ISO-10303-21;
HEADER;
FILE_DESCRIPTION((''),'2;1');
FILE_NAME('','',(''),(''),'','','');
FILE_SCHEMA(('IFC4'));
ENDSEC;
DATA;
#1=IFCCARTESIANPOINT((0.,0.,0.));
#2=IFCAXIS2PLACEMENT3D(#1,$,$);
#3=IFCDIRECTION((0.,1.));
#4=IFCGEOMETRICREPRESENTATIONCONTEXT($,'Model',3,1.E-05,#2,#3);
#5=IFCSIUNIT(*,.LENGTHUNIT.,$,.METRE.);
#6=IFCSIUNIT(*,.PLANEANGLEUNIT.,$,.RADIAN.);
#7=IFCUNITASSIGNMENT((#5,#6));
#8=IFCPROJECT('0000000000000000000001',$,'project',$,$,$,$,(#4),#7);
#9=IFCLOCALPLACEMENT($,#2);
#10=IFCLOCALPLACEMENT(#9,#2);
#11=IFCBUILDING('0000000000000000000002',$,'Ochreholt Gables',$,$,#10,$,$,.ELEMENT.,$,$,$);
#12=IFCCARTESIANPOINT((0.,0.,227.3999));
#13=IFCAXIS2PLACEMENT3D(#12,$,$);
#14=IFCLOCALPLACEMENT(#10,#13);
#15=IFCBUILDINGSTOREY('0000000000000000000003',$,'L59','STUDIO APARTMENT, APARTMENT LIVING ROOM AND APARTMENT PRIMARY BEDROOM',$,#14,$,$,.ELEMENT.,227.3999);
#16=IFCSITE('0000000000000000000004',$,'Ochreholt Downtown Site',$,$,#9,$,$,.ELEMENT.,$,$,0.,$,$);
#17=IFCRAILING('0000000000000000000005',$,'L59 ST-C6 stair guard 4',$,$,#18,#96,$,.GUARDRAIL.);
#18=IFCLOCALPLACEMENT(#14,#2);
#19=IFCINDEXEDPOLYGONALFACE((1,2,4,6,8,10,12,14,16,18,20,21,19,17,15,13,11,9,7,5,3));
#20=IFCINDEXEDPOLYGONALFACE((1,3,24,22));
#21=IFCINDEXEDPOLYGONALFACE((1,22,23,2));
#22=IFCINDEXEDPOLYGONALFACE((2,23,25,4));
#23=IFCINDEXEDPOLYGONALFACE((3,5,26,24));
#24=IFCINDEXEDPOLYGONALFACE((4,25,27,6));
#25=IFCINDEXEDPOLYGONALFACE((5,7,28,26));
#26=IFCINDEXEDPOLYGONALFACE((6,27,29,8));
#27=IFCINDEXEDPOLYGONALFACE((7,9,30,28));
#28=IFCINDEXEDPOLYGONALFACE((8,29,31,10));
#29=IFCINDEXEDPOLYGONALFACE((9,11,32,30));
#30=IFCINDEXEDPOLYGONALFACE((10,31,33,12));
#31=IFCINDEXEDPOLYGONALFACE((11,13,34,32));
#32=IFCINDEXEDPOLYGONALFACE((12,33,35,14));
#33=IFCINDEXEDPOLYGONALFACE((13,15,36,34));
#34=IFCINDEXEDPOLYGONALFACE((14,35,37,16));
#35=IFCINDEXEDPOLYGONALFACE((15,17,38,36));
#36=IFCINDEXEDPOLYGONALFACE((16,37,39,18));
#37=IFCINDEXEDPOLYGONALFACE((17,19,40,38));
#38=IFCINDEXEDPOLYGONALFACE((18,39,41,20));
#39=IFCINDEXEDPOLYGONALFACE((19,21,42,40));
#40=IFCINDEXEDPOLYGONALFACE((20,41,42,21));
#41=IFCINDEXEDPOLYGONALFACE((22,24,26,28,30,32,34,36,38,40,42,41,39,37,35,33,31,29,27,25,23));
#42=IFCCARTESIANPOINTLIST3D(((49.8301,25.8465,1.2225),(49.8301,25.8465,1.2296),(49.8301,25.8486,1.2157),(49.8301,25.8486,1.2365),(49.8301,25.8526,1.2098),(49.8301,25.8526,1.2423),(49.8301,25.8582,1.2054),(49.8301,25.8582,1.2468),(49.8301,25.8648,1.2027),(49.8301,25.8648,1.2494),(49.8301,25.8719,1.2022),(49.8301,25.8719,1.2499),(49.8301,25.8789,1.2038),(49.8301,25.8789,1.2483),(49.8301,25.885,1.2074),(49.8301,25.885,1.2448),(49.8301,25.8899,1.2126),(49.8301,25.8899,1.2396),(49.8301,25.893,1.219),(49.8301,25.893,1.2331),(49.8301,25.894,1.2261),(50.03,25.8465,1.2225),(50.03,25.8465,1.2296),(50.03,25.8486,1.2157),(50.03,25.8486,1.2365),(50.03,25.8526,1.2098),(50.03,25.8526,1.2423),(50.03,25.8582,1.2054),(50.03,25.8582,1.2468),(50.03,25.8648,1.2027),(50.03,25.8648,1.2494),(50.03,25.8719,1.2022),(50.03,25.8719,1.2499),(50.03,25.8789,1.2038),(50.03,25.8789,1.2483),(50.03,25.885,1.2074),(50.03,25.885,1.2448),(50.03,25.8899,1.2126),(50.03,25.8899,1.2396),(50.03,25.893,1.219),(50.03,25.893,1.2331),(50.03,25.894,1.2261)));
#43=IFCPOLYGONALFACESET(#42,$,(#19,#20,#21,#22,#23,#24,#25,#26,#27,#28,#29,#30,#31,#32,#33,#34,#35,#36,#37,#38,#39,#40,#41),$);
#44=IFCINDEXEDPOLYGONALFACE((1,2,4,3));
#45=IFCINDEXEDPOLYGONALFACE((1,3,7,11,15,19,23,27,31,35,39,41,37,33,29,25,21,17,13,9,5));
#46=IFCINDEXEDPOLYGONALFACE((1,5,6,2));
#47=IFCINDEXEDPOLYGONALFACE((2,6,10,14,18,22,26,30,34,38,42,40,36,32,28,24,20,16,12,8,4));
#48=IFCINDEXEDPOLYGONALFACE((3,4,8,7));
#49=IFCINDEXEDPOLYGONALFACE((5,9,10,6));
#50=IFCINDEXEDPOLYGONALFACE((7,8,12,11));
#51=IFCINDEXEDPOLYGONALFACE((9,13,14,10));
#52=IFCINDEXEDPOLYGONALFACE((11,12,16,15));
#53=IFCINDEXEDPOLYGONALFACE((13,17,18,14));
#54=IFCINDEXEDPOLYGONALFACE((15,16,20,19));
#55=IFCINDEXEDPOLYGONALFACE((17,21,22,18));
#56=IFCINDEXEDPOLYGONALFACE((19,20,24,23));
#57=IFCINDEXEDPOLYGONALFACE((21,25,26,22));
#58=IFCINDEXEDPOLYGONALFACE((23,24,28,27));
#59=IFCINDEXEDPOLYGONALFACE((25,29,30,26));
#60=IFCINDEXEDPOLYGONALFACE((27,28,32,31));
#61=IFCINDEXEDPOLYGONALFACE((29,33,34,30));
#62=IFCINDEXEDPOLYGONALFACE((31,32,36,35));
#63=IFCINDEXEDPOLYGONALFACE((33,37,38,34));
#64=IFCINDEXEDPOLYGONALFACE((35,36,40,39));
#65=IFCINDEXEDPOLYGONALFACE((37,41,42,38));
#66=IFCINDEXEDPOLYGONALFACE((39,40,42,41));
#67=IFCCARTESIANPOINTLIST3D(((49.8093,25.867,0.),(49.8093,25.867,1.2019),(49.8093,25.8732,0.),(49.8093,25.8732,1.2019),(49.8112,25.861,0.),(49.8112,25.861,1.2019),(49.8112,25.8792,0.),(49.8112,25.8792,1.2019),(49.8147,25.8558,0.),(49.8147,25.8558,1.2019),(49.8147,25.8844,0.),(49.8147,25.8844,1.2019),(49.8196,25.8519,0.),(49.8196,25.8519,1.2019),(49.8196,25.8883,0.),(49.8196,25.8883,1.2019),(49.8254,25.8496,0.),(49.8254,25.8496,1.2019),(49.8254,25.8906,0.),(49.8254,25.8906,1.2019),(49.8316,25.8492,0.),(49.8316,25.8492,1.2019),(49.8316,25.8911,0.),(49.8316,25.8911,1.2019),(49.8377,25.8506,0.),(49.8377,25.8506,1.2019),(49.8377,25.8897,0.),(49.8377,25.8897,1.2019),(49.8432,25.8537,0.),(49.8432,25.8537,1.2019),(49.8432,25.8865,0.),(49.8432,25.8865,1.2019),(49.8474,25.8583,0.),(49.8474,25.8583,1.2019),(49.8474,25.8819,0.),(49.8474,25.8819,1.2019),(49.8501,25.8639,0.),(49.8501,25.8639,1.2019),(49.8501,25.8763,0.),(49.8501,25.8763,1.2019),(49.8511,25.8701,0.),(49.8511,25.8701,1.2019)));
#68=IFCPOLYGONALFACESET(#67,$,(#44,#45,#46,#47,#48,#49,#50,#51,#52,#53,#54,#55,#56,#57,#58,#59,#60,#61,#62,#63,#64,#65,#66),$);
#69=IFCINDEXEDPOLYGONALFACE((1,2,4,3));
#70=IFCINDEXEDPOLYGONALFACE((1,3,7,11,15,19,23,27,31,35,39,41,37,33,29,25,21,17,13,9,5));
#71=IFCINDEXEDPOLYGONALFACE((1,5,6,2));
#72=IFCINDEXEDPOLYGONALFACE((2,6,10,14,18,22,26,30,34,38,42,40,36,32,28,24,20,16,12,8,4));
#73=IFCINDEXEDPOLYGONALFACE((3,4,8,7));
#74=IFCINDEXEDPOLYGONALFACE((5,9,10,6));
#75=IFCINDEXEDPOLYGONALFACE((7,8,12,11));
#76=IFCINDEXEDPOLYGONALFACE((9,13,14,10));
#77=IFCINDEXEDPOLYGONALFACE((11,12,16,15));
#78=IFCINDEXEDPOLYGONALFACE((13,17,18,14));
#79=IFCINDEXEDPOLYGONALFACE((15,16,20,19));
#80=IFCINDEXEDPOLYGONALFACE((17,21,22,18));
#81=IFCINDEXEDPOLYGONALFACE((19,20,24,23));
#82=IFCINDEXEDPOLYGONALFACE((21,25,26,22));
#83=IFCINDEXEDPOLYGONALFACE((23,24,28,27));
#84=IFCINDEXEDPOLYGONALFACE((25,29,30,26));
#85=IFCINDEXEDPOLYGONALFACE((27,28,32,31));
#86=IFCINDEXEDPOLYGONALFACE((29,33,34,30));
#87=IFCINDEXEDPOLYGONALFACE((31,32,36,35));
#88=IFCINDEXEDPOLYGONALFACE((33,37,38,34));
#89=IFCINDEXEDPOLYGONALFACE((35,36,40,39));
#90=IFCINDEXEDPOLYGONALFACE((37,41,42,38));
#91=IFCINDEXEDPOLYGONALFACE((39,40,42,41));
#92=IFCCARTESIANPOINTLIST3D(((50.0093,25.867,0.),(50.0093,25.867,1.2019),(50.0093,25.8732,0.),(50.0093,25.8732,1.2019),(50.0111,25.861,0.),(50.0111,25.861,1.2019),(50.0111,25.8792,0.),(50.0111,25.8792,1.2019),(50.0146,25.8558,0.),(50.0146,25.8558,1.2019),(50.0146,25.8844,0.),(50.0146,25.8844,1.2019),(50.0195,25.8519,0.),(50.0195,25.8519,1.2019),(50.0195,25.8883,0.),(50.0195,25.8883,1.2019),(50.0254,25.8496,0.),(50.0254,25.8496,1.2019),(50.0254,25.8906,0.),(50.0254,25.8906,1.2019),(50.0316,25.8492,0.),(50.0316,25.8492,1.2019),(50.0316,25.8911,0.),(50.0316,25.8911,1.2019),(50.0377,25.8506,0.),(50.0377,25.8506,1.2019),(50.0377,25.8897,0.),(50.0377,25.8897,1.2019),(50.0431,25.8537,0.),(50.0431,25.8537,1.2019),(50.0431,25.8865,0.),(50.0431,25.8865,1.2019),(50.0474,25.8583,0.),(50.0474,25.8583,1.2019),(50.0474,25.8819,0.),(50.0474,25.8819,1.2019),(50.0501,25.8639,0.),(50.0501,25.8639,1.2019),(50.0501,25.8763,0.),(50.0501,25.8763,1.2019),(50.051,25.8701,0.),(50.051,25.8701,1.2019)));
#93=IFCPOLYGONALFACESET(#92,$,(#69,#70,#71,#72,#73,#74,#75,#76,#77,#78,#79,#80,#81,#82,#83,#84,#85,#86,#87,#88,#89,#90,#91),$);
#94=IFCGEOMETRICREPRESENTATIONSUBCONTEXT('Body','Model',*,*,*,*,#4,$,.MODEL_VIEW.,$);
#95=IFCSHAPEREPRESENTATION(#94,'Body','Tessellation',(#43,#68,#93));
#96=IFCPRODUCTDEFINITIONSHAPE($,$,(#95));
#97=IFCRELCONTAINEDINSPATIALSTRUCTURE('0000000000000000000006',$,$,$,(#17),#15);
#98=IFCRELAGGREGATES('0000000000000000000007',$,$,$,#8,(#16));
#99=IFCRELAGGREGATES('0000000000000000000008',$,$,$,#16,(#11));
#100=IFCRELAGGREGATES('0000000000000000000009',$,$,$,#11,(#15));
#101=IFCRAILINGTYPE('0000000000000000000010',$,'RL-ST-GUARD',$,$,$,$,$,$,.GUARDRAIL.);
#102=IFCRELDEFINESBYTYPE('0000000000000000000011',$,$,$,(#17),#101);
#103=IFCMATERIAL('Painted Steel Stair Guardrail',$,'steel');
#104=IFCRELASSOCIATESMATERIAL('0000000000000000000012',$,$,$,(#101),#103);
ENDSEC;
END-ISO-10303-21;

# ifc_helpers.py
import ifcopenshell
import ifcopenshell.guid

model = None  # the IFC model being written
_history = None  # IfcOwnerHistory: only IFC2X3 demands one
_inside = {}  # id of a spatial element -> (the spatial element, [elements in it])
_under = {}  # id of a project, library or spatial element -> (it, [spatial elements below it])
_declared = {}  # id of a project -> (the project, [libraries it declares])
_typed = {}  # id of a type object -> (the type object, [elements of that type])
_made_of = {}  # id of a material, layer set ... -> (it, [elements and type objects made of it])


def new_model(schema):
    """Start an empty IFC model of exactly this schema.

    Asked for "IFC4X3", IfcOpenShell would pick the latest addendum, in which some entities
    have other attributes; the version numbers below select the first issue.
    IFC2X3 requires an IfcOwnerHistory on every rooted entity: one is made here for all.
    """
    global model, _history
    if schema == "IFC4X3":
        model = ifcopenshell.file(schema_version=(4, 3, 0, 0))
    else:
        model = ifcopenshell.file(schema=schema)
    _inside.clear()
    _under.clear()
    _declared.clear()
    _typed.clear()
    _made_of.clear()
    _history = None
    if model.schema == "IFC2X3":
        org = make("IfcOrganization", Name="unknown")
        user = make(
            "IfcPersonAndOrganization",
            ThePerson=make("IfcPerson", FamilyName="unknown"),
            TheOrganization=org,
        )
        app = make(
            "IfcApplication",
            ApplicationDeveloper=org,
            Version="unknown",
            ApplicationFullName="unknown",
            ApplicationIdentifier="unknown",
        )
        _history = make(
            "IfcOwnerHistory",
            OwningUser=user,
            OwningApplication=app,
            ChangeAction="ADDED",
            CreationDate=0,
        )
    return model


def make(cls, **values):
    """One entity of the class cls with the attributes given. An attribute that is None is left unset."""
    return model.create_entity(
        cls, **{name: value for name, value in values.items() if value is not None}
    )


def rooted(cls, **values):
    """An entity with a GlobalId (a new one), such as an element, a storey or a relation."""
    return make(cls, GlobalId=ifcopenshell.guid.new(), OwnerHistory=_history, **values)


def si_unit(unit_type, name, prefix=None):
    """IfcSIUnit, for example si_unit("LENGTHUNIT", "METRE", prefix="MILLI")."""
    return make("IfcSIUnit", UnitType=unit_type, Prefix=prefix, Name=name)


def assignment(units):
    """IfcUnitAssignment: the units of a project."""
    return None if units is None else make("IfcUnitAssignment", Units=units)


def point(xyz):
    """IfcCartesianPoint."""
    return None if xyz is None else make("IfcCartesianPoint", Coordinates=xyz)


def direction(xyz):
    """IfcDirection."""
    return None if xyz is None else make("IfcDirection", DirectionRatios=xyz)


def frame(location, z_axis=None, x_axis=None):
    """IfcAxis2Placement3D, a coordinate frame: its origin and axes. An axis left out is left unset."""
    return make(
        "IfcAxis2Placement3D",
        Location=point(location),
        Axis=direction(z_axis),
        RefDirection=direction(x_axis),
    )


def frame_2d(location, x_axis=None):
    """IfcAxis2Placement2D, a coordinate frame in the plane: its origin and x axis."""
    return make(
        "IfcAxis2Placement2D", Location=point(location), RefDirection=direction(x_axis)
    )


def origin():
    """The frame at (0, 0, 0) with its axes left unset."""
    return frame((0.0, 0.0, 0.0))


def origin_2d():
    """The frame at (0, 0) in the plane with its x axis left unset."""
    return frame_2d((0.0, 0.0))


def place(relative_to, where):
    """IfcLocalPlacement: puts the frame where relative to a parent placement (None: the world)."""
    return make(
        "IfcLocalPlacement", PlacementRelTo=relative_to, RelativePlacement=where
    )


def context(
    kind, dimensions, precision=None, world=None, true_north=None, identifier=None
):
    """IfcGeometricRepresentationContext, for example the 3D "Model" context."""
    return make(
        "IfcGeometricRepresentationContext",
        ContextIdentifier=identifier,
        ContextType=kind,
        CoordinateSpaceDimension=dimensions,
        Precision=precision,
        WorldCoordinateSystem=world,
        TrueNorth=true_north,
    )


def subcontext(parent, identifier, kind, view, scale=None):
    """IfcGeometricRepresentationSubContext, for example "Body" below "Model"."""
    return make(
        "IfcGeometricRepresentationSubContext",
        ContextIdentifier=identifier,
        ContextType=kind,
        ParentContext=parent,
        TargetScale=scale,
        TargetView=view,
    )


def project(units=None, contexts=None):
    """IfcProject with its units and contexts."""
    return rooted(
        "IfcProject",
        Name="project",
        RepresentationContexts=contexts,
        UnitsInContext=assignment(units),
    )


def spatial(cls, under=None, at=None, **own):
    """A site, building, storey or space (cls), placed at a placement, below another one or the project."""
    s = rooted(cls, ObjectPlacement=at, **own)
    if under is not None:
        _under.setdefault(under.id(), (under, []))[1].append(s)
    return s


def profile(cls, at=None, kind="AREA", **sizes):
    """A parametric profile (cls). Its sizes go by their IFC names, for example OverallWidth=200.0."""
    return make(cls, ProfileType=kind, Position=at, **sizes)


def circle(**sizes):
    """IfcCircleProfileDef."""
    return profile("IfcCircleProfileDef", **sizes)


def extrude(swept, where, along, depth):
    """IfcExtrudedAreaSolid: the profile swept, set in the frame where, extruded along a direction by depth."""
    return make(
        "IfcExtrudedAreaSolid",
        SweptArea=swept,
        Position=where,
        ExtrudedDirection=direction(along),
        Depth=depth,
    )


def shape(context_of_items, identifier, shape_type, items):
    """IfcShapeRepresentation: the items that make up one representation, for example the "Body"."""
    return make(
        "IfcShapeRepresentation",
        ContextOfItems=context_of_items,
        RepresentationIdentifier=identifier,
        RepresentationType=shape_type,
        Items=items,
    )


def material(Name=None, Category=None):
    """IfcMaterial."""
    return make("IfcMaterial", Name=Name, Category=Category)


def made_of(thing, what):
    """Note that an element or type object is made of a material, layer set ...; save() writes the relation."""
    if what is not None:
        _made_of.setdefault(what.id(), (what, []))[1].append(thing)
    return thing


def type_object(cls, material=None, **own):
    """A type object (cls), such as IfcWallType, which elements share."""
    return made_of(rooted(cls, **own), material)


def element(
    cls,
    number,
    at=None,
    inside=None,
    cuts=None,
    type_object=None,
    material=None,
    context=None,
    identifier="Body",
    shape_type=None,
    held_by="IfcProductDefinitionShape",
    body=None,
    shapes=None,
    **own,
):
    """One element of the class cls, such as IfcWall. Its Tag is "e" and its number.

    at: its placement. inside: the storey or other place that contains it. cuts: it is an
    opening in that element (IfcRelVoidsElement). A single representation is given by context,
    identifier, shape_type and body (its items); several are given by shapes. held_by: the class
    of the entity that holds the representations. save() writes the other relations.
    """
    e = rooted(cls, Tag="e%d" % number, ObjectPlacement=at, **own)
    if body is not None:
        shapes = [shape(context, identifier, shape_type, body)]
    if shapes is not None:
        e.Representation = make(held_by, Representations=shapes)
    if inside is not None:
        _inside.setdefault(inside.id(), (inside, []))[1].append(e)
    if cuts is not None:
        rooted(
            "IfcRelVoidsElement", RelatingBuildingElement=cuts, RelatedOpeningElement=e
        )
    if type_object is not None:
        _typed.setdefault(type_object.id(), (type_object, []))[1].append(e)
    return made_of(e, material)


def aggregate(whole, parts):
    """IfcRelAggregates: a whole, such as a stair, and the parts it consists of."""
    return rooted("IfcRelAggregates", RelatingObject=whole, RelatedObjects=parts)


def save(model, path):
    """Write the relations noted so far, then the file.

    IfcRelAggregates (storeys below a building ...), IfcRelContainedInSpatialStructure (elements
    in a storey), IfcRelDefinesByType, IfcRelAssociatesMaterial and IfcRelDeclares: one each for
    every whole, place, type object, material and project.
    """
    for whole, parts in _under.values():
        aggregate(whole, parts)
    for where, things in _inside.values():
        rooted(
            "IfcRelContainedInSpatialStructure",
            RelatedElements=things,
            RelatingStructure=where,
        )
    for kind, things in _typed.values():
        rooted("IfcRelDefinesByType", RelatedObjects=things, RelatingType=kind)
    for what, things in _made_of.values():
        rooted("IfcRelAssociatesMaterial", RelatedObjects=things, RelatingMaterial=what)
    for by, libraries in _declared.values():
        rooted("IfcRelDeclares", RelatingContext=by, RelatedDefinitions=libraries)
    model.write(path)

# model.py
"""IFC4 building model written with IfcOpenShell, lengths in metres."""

from ifc_helpers import new_model, si_unit, direction, frame, origin, origin_2d, place, context, subcontext, project, spatial, circle, extrude, material, type_object, element, save


model = new_model("IFC4")

# Units and contexts
model_context = context("Model", 3, precision=1e-05, world=origin(), true_north=direction((0.0, 1.0)))
body_context = subcontext(model_context, "Body", "Model", "MODEL_VIEW")
ifc_project = project(units=[si_unit("LENGTHUNIT", "METRE"), si_unit("PLANEANGLEUNIT", "RADIAN")], contexts=[model_context])

# Site, building, storey
site_placement = place(None, origin())
site = spatial("IfcSite", under=ifc_project, at=site_placement, Name="Ochreholt Downtown Site", CompositionType="ELEMENT", RefElevation=0.0)
building_placement = place(site_placement, origin())
building = spatial("IfcBuilding", under=site, at=building_placement, Name="Ochreholt Gables", CompositionType="ELEMENT")
storey_placement = place(building_placement, frame((0.0, 0.0, 227.3999)))
storey = spatial("IfcBuildingStorey", under=building, at=storey_placement, Name="L59", Description="STUDIO APARTMENT, APARTMENT LIVING ROOM AND APARTMENT PRIMARY BEDROOM", CompositionType="ELEMENT", Elevation=227.3999)

# Railing
ifc_material_1 = material(Name="Painted Steel Stair Guardrail", Category="steel")
railing_type_1 = type_object("IfcRailingType", Name="RL-ST-GUARD", PredefinedType="GUARDRAIL", material=ifc_material_1)
railing_1_placement = place(storey_placement, frame((49.8301, 25.8701, 0.0)))
element("IfcRailing", 1, at=railing_1_placement, inside=storey, type_object=railing_type_1, Name="L59 ST-C6 stair guard 4", PredefinedType="GUARDRAIL", context=body_context, shape_type="SweptSolid", body=[
    extrude(circle(Radius=0.0239, at=origin_2d()), frame((0.0, 0.0, 1.2261), z_axis=(1.0, 0.0, 0.0), x_axis=(0.0, 1.0, 0.0)), (0.0, 0.0, 1.0), 0.2),
    extrude(circle(Radius=0.021, at=origin_2d()), origin(), (0.0, 0.0, 1.0), 1.2019),
    extrude(circle(Radius=0.021, at=origin_2d()), frame((0.2, 0.0, 0.0)), (0.0, 0.0, 1.0), 1.2019),
])

save(model, "model.ifc")
